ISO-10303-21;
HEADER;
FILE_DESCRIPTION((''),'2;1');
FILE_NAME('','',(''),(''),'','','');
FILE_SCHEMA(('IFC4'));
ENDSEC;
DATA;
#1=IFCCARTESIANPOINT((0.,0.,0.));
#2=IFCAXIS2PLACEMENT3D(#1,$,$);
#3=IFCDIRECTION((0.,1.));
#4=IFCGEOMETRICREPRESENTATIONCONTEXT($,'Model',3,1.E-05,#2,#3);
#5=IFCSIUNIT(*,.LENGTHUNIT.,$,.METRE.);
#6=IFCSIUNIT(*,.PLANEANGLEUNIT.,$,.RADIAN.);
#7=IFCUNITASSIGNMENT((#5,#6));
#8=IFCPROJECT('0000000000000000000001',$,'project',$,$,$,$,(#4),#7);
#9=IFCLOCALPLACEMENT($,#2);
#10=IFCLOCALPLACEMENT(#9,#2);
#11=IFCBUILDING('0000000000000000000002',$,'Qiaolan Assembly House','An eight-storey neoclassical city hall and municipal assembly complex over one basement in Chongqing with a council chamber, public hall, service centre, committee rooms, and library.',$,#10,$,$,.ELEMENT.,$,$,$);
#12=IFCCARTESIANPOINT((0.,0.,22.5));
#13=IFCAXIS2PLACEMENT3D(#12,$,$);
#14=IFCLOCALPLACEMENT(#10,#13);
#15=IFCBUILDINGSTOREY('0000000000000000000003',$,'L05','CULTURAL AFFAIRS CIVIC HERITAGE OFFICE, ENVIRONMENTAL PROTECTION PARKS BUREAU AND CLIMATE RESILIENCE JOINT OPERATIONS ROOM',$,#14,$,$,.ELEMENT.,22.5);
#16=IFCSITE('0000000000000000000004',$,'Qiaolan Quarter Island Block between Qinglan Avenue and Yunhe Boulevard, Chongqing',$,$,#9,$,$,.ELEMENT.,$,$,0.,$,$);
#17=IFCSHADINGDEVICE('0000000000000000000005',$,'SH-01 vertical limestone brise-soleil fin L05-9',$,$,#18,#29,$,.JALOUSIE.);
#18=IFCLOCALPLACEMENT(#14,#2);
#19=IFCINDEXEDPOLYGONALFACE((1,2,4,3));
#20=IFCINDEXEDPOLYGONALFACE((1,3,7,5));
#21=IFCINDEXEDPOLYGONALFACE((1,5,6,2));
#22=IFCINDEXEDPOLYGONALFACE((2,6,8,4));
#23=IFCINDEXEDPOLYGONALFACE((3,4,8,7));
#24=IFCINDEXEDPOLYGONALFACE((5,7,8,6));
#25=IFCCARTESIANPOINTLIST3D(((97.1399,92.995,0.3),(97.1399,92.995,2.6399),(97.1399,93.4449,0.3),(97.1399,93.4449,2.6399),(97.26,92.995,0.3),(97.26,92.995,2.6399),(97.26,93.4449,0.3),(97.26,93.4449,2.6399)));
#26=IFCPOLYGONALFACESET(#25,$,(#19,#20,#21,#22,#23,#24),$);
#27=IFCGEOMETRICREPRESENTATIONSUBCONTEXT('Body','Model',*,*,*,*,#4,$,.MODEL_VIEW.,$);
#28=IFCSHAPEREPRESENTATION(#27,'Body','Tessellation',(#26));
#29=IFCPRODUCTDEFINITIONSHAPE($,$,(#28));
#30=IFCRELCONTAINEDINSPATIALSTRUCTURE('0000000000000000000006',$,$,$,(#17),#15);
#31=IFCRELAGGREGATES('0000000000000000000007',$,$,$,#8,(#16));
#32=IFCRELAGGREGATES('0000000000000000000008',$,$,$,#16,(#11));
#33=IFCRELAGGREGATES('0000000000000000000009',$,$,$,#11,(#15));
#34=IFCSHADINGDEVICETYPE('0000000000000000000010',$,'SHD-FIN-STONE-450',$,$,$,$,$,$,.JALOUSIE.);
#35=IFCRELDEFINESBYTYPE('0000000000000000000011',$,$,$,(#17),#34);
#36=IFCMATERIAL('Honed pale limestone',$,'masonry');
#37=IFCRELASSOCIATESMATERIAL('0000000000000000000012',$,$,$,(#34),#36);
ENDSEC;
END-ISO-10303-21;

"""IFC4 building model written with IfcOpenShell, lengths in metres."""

from ifc_helpers import new_model, si_unit, direction, frame, origin, origin_2d, place, context, subcontext, project, spatial, rectangle, extrude, material, material_profile, profile_set, type_object, element, save


model = new_model("IFC4")

# Units and contexts
model_context = context("Model", 3, precision=1e-05, world=origin(), true_north=direction((0.0, 1.0)))
body_context = subcontext(model_context, "Body", "Model", "MODEL_VIEW")
ifc_project = project(units=[si_unit("LENGTHUNIT", "METRE"), si_unit("PLANEANGLEUNIT", "RADIAN")], contexts=[model_context])

# Site, building, storey
site_placement = place(None, origin())
site = spatial("IfcSite", under=ifc_project, at=site_placement, Name="Qiaolan Quarter Island Block between Qinglan Avenue and Yunhe Boulevard, Chongqing", CompositionType="ELEMENT", RefElevation=0.0)
building_placement = place(site_placement, origin())
building = spatial("IfcBuilding", under=site, at=building_placement, Name="Qiaolan Assembly House", Description="An eight-storey neoclassical city hall and municipal assembly complex over one basement in Chongqing with a council chamber, public hall, service centre, committee rooms, and library.", CompositionType="ELEMENT")
storey_placement = place(building_placement, frame((0.0, 0.0, 22.5)))
storey = spatial("IfcBuildingStorey", under=building, at=storey_placement, Name="L05", Description="CULTURAL AFFAIRS CIVIC HERITAGE OFFICE, ENVIRONMENTAL PROTECTION PARKS BUREAU AND CLIMATE RESILIENCE JOINT OPERATIONS ROOM", CompositionType="ELEMENT", Elevation=22.5)

# Shared definitions
ifc_material_1 = material(Name="Honed pale limestone", Category="masonry")

# Shading device
ifc_material_profile_1 = material_profile(ifc_material_1, rectangle(XDim=0.1201, YDim=0.45, at=origin_2d()), Name="FIN 120x450")
ifc_profile_set_1 = profile_set([ifc_material_profile_1], Name="Honed pale limestone")
shading_device_type = type_object("IfcShadingDeviceType", Name="SHD-FIN-STONE-450", PredefinedType="JALOUSIE", material=ifc_profile_set_1)
shading_device_placement = place(storey_placement, frame((97.2, 93.22, 0.3), z_axis=(0.0, 0.0, 1.0), x_axis=(1.0, 0.0, 0.0)))
element("IfcShadingDevice", 1, at=shading_device_placement, inside=storey, type_object=shading_device_type, Name="SH-01 vertical limestone brise-soleil fin L05-9", PredefinedType="JALOUSIE", context=body_context, shape_type="SweptSolid", body=[
    extrude(rectangle(XDim=0.1201, YDim=0.45, at=origin_2d()), origin(), (0.0, 0.0, 1.0), 2.3398),
])

save(model, "model.ifc")
